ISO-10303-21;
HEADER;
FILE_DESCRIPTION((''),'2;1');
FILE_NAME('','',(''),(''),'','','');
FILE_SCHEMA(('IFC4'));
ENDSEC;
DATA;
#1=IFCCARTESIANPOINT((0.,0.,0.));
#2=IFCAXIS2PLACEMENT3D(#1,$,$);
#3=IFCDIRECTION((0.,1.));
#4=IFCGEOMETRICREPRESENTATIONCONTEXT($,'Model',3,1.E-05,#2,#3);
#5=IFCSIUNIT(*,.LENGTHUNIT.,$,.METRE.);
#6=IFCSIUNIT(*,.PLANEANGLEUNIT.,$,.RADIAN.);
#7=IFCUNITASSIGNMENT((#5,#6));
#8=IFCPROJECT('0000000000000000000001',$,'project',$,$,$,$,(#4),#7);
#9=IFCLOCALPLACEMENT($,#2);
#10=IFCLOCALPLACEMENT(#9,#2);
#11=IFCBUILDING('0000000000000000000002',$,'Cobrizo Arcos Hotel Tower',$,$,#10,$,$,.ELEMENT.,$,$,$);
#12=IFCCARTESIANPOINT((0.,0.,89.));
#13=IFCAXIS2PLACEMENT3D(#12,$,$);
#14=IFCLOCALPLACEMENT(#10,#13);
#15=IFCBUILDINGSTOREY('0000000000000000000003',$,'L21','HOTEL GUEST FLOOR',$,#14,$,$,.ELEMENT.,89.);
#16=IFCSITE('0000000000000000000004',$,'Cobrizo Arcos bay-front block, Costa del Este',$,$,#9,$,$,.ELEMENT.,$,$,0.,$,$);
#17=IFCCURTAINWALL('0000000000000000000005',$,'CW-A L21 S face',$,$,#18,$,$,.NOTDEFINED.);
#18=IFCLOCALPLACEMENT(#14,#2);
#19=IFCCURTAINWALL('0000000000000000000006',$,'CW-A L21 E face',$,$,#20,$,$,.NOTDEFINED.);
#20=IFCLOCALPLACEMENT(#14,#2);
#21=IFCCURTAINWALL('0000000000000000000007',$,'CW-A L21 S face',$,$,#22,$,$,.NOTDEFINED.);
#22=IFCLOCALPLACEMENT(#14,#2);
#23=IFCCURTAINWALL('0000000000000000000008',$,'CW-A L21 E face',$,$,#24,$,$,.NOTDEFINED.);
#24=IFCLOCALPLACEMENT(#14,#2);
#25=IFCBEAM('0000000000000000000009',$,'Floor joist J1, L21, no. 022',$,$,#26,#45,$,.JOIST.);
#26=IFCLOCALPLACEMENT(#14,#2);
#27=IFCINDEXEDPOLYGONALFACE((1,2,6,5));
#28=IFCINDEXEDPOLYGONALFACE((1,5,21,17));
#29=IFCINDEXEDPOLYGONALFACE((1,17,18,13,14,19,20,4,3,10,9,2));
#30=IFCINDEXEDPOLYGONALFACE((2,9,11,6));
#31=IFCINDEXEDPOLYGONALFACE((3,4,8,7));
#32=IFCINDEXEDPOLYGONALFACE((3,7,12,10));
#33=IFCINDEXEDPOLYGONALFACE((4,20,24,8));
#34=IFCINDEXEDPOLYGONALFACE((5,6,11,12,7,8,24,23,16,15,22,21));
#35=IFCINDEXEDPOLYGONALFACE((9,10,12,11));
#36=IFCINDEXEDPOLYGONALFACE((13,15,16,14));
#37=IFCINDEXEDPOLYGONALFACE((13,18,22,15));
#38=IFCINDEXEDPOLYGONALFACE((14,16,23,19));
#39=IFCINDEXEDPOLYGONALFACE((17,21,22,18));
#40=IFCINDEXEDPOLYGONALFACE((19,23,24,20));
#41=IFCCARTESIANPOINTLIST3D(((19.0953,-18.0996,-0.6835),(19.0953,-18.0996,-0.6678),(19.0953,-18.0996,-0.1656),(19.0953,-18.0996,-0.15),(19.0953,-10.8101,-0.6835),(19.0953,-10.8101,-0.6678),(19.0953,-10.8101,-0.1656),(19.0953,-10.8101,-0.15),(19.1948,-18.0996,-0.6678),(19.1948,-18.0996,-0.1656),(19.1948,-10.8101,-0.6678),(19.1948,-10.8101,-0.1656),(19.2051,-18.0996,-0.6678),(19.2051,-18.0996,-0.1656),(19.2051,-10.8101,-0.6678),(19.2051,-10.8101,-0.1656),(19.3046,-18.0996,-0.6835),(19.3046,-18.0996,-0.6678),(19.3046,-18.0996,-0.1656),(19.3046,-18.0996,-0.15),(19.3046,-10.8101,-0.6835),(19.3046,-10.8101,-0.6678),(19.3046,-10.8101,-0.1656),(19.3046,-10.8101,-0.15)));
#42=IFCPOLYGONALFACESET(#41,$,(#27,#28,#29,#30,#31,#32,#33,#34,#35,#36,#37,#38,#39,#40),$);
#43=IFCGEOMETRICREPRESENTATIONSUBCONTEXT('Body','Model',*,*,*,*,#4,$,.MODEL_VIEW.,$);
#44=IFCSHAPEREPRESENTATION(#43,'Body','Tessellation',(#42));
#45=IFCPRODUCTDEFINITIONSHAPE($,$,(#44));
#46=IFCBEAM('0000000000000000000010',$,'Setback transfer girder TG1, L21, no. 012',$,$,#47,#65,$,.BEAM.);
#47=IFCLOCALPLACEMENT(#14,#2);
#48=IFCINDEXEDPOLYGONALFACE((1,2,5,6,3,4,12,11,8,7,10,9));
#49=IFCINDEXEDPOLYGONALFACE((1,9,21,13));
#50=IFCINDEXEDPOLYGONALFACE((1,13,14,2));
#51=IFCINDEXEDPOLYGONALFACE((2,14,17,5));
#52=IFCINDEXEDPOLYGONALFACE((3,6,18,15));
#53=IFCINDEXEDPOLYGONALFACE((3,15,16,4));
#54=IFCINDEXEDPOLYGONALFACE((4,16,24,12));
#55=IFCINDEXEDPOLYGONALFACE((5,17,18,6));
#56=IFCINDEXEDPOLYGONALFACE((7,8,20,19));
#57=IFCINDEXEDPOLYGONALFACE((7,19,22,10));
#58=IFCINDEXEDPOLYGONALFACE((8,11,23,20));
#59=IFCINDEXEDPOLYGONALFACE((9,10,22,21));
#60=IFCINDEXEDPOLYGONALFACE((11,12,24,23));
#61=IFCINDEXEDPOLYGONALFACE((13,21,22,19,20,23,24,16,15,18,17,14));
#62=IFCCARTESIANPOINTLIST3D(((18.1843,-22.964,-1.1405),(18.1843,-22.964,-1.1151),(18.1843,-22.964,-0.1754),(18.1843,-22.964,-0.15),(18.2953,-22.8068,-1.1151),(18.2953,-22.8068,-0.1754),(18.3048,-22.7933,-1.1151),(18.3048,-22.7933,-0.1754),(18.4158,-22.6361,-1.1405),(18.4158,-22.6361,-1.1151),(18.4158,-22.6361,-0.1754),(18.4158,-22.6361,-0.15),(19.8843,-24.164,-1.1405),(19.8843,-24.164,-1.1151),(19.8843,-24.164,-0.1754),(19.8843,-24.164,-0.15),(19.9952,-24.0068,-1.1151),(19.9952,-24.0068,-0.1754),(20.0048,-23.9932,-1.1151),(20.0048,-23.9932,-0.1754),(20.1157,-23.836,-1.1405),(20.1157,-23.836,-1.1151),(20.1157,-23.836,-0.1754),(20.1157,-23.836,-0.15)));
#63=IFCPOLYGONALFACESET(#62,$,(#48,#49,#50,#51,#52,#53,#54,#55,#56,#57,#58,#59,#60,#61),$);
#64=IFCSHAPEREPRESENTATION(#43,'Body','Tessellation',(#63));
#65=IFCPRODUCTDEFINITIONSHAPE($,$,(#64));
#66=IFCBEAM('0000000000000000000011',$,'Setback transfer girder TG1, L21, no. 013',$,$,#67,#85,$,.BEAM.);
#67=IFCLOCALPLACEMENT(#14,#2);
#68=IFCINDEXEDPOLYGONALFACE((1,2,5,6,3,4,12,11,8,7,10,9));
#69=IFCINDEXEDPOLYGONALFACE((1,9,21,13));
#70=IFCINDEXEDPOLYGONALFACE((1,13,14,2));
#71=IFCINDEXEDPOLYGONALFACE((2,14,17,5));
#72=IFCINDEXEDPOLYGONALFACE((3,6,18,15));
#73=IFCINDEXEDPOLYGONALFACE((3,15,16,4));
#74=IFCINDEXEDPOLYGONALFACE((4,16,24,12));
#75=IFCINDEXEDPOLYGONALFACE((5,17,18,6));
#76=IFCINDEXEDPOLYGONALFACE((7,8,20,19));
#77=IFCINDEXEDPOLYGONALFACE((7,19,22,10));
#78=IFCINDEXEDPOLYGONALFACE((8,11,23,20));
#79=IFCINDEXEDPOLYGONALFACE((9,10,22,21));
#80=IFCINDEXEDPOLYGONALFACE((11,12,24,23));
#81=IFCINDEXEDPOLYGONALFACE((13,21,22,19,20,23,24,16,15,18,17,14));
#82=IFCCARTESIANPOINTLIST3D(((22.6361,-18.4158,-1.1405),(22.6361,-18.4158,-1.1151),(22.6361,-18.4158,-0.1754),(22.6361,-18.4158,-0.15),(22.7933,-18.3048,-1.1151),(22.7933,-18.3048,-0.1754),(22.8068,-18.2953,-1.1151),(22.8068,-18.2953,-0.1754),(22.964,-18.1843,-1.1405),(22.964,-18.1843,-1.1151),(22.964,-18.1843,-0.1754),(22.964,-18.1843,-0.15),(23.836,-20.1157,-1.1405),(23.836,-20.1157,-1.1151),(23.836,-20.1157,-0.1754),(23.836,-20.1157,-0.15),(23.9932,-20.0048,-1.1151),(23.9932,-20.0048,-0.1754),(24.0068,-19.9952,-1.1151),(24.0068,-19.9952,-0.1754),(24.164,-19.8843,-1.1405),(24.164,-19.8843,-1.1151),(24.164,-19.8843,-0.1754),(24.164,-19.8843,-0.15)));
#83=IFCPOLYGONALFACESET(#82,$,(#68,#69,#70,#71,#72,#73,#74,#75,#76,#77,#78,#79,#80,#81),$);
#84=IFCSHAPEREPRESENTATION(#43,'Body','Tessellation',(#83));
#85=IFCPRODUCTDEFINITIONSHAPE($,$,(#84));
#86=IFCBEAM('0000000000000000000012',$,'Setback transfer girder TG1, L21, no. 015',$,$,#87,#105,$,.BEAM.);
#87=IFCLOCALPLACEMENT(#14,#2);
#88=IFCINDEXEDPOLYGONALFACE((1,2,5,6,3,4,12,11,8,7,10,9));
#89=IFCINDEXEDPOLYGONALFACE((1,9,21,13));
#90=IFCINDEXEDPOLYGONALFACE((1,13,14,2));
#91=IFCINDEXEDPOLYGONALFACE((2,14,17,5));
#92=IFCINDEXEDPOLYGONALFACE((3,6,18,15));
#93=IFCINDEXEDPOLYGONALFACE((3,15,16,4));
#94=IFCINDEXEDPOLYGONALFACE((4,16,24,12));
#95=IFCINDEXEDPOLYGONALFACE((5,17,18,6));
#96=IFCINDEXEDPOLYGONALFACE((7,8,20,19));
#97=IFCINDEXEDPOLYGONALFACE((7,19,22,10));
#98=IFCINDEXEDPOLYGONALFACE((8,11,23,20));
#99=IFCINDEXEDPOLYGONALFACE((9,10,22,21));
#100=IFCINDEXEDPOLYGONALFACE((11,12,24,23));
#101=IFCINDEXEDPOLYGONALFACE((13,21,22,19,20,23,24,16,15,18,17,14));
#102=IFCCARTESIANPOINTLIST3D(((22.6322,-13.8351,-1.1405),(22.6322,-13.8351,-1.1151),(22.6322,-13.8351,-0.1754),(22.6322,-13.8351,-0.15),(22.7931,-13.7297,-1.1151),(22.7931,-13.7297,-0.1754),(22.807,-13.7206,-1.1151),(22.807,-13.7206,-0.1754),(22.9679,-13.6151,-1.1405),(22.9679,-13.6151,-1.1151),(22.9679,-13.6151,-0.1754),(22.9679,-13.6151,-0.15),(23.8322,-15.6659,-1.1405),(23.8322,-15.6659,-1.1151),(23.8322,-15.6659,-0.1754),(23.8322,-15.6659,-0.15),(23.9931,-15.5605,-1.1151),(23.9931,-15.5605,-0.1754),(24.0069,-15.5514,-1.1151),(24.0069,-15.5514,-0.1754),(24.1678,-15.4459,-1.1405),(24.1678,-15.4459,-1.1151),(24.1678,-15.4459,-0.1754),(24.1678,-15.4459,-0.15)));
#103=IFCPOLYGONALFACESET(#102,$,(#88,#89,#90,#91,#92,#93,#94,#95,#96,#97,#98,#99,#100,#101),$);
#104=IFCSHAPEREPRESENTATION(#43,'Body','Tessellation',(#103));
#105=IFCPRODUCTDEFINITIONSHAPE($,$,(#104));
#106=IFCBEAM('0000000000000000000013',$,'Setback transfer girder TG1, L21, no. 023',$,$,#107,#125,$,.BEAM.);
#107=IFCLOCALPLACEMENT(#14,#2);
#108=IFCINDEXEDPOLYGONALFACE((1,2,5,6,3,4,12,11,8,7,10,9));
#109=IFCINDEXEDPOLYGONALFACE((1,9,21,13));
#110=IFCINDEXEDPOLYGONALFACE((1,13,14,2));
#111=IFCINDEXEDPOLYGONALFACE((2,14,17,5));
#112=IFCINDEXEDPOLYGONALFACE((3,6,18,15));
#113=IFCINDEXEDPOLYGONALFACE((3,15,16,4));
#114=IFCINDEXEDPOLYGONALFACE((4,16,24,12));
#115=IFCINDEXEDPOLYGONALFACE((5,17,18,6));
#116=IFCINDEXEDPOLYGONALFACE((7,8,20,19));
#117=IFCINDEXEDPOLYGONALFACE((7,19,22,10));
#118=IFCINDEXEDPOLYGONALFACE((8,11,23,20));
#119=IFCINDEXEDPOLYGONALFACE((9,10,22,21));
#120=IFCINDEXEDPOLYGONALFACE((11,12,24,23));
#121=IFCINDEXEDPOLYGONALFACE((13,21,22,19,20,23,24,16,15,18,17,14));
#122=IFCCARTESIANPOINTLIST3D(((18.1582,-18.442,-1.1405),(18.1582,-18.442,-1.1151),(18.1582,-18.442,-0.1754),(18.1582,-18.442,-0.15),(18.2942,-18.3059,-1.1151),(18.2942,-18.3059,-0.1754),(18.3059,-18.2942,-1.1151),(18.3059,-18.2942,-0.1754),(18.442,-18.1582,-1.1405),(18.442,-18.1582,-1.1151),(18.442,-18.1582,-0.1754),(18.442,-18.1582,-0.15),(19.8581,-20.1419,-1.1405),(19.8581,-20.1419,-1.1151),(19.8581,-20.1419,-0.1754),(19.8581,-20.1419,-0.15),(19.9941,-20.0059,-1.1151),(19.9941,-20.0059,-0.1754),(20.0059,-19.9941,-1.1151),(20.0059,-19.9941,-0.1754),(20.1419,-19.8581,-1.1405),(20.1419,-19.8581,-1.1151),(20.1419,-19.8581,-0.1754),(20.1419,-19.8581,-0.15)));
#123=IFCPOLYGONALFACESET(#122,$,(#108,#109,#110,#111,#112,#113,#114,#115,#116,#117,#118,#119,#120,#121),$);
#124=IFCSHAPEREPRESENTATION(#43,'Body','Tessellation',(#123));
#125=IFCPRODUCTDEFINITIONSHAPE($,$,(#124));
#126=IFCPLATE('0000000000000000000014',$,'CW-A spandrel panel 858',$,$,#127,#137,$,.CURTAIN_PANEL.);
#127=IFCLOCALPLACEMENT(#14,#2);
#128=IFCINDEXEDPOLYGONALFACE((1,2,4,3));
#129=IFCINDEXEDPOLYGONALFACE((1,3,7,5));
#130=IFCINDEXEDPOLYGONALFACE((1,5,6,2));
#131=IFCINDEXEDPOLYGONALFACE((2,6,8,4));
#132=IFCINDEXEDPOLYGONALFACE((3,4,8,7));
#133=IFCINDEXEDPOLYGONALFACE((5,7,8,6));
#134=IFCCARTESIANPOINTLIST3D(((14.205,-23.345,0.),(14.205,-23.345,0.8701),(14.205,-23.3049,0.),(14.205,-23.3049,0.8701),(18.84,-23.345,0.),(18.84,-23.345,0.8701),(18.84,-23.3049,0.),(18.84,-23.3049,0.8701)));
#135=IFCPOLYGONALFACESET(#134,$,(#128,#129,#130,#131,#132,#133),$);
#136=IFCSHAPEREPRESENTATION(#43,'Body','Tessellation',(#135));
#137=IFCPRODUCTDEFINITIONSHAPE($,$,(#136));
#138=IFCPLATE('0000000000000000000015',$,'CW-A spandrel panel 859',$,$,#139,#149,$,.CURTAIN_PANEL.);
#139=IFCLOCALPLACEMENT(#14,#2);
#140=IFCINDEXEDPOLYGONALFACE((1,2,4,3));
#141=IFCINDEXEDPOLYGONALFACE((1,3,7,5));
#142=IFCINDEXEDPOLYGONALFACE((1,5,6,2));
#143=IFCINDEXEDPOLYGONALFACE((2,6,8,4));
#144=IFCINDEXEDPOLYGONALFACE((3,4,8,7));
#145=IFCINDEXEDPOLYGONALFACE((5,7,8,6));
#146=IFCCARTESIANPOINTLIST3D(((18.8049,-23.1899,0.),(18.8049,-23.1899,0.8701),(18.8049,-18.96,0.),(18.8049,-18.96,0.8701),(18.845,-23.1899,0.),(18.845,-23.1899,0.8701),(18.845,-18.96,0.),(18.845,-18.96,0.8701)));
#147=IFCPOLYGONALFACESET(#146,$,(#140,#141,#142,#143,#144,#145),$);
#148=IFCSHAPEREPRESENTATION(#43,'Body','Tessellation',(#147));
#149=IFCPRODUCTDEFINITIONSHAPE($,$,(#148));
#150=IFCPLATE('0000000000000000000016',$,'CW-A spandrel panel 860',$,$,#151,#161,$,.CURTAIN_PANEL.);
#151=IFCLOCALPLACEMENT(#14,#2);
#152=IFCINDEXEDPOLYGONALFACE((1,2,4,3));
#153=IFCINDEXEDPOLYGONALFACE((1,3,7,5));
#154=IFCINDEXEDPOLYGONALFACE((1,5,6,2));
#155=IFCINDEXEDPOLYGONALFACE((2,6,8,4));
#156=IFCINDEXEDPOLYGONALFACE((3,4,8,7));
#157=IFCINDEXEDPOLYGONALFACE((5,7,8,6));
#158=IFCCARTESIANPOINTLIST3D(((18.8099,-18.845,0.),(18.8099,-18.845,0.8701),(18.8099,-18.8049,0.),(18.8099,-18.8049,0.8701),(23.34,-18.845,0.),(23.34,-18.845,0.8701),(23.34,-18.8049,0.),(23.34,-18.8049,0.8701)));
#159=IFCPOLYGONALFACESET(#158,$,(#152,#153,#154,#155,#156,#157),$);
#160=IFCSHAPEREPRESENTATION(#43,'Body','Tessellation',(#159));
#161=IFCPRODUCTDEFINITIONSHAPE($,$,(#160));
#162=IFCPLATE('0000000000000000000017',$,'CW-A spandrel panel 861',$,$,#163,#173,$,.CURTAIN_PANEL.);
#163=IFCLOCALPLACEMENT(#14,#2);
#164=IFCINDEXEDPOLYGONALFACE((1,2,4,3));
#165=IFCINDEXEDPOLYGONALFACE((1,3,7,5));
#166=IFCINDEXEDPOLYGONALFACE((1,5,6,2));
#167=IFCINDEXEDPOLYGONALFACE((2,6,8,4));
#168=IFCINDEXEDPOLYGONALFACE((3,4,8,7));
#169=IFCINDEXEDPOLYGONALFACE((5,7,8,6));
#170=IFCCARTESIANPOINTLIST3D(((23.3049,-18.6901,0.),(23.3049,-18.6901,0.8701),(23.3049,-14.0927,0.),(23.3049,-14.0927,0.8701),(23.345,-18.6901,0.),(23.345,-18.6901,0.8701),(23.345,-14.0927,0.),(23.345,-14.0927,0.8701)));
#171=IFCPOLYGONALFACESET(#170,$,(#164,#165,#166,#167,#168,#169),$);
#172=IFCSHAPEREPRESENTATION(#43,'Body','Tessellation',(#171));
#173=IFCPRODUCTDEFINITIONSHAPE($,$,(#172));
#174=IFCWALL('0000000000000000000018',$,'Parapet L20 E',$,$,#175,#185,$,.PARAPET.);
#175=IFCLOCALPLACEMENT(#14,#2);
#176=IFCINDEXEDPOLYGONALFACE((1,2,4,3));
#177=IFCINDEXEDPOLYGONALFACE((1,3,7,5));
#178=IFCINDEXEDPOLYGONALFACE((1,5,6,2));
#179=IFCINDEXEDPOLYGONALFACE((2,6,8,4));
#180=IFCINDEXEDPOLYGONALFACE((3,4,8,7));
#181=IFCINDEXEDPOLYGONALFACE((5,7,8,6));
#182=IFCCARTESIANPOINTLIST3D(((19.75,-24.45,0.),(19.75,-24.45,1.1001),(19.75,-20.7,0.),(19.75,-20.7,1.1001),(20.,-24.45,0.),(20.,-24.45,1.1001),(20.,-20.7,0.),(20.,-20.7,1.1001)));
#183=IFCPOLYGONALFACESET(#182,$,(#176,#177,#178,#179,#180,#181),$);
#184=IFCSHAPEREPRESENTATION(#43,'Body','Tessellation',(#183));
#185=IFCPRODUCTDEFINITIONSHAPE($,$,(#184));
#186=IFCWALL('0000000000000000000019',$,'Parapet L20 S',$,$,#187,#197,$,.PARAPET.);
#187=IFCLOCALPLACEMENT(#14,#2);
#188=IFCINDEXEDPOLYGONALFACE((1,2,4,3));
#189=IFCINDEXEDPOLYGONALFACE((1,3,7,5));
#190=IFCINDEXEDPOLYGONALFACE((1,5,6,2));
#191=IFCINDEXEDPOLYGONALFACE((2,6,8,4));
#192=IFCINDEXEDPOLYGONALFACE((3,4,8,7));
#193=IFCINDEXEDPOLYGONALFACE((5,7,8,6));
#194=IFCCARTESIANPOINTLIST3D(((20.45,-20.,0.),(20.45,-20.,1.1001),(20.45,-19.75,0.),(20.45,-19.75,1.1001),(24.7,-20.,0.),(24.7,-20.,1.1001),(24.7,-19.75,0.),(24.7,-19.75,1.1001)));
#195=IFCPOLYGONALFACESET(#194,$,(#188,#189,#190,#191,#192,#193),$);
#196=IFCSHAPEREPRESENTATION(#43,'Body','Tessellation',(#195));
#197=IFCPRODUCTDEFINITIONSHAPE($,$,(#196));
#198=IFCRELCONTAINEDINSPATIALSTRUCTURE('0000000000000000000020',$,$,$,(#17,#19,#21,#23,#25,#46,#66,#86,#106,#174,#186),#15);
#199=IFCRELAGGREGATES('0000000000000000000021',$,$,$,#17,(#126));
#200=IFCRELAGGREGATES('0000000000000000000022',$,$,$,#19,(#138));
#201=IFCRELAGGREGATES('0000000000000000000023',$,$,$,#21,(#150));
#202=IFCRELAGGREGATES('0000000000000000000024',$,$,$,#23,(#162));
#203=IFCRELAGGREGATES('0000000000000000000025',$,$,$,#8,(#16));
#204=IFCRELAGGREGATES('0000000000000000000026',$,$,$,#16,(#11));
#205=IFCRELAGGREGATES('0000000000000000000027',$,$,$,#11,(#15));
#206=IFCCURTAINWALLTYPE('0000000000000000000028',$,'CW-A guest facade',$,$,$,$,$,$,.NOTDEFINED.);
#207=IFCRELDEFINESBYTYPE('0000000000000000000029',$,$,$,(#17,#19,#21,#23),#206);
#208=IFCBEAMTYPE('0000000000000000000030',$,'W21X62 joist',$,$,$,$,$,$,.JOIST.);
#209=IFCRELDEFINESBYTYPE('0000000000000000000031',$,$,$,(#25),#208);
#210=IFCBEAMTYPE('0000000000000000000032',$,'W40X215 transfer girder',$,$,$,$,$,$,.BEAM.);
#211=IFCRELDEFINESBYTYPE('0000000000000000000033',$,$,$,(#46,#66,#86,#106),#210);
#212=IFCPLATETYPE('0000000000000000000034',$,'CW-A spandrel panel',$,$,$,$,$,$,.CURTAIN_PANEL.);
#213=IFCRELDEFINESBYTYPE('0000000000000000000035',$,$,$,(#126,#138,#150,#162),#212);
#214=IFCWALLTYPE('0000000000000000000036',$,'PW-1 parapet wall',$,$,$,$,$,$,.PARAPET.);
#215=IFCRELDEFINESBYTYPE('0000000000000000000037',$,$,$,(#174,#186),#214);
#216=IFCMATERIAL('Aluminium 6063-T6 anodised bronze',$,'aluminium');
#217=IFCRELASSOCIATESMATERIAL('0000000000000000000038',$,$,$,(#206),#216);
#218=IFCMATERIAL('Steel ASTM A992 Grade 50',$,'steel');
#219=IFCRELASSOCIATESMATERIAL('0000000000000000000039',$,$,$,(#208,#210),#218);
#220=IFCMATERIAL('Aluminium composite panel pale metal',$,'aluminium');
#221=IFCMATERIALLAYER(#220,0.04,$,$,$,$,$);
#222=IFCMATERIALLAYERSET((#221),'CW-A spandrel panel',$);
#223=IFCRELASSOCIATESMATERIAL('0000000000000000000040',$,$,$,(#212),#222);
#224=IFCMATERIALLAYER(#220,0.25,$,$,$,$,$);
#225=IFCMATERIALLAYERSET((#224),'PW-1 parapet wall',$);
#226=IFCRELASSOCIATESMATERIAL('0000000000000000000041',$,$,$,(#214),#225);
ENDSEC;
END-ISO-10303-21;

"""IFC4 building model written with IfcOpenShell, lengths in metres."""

from ifc_helpers import new_model, si_unit, direction, frame, frame_2d, origin, origin_2d, place, context, subcontext, project, spatial, rectangle, i_section, extrude, material, layer, layer_set, material_profile, profile_set, type_object, element, aggregate, save


model = new_model("IFC4")

# Units and contexts
model_context = context("Model", 3, precision=1e-05, world=origin(), true_north=direction((0.0, 1.0)))
body_context = subcontext(model_context, "Body", "Model", "MODEL_VIEW")
ifc_project = project(units=[si_unit("LENGTHUNIT", "METRE"), si_unit("PLANEANGLEUNIT", "RADIAN")], contexts=[model_context])

# Site, building, storey
site_placement = place(None, origin())
site = spatial("IfcSite", under=ifc_project, at=site_placement, Name="Cobrizo Arcos bay-front block, Costa del Este", CompositionType="ELEMENT", RefElevation=0.0)
building_placement = place(site_placement, origin())
building = spatial("IfcBuilding", under=site, at=building_placement, Name="Cobrizo Arcos Hotel Tower", CompositionType="ELEMENT")
storey_placement = place(building_placement, frame((0.0, 0.0, 89.0)))
storey = spatial("IfcBuildingStorey", under=building, at=storey_placement, Name="L21", Description="HOTEL GUEST FLOOR", CompositionType="ELEMENT", Elevation=89.0)

# Curtain wall
ifc_material_1 = material(Name="Aluminium 6063-T6 anodised bronze", Category="aluminium")
curtain_wall_type = type_object("IfcCurtainWallType", Name="CW-A guest facade", PredefinedType="NOTDEFINED", material=ifc_material_1)
curtain_wall_1_placement = place(storey_placement, origin())
curtain_wall_1 = element("IfcCurtainWall", 1, at=curtain_wall_1_placement, inside=storey, type_object=curtain_wall_type, Name="CW-A L21 S face", PredefinedType="NOTDEFINED")

# Curtain walls
curtain_wall_2_placement = place(storey_placement, origin())
curtain_wall_2 = element("IfcCurtainWall", 2, at=curtain_wall_2_placement, inside=storey, type_object=curtain_wall_type, Name="CW-A L21 E face", PredefinedType="NOTDEFINED")
curtain_wall_3_placement = place(storey_placement, origin())
curtain_wall_3 = element("IfcCurtainWall", 3, at=curtain_wall_3_placement, inside=storey, type_object=curtain_wall_type, Name="CW-A L21 S face", PredefinedType="NOTDEFINED")
curtain_wall_4_placement = place(storey_placement, origin())
curtain_wall_4 = element("IfcCurtainWall", 4, at=curtain_wall_4_placement, inside=storey, type_object=curtain_wall_type, Name="CW-A L21 E face", PredefinedType="NOTDEFINED")

# Beams
ifc_material_2 = material(Name="Steel ASTM A992 Grade 50", Category="steel")
ifc_material_profile_1 = material_profile(ifc_material_2, i_section(OverallWidth=0.2092, OverallDepth=0.5334, WebThickness=0.0103, FlangeThickness=0.0156, at=origin_2d()), Name="W21X62")
ifc_profile_set_1 = profile_set([ifc_material_profile_1], Name="Steel ASTM A992 Grade 50")
beam_type_1 = type_object("IfcBeamType", Name="W21X62 joist", PredefinedType="JOIST", material=ifc_profile_set_1)
beam_1_placement = place(storey_placement, frame((19.2, -18.0996, -0.4167), z_axis=(0.0, 1.0, 0.0), x_axis=(-1.0, 0.0, 0.0)))
element("IfcBeam", 5, at=beam_1_placement, inside=storey, type_object=beam_type_1, Name="Floor joist J1, L21, no. 022", PredefinedType="JOIST", context=body_context, shape_type="SweptSolid", body=[
    extrude(i_section(OverallWidth=0.2092, OverallDepth=0.5334, WebThickness=0.0103, FlangeThickness=0.0156, at=origin_2d()), origin(), (0.0, 0.0, 1.0), 7.2896),
])
ifc_material_profile_2 = material_profile(ifc_material_2, i_section(OverallWidth=0.4014, OverallDepth=0.9905, WebThickness=0.0166, FlangeThickness=0.0254, at=origin_2d()), Name="W40X215")
ifc_profile_set_2 = profile_set([ifc_material_profile_2], Name="Steel ASTM A992 Grade 50")
beam_type_2 = type_object("IfcBeamType", Name="W40X215 transfer girder", PredefinedType="BEAM", material=ifc_profile_set_2)
for number, where, z_axis, x_axis, name in (
    (6, (20.0, -24.0, -0.6453), (-0.816971, 0.576679, 0.0), (-0.576679, -0.816971, 0.0), "Setback transfer girder TG1, L21, no. 012"),
    (7, (24.0, -20.0, -0.6453), (-0.576679, 0.816971, 0.0), (-0.816971, -0.576679, 0.0), "Setback transfer girder TG1, L21, no. 013"),
):
    element("IfcBeam", number, at=place(storey_placement, frame(where, z_axis=z_axis, x_axis=x_axis)), inside=storey, type_object=beam_type_2, Name=name, PredefinedType="BEAM", context=body_context, shape_type="SweptSolid", body=[
        extrude(i_section(OverallWidth=0.4014, OverallDepth=0.9905, WebThickness=0.0166, FlangeThickness=0.0254, at=origin_2d()), origin(), (0.0, 0.0, 1.0), 2.0808),
    ])
beam_2_placement = place(storey_placement, frame((24.0, -15.5559, -0.6453), z_axis=(-0.548172, 0.836366, 0.0), x_axis=(-0.836366, -0.548172, 0.0)))
element("IfcBeam", 8, at=beam_2_placement, inside=storey, type_object=beam_type_2, Name="Setback transfer girder TG1, L21, no. 015", PredefinedType="BEAM", context=body_context, shape_type="SweptSolid", body=[
    extrude(i_section(OverallWidth=0.4014, OverallDepth=0.9905, WebThickness=0.0166, FlangeThickness=0.0254, at=origin_2d()), origin(), (0.0, 0.0, 1.0), 2.189),
])
beam_3_placement = place(storey_placement, frame((20.0, -20.0, -0.6453), z_axis=(-0.707107, 0.707107, 0.0), x_axis=(-0.707107, -0.707107, 0.0)))
element("IfcBeam", 9, at=beam_3_placement, inside=storey, type_object=beam_type_2, Name="Setback transfer girder TG1, L21, no. 023", PredefinedType="BEAM", context=body_context, shape_type="SweptSolid", body=[
    extrude(i_section(OverallWidth=0.4014, OverallDepth=0.9905, WebThickness=0.0166, FlangeThickness=0.0254, at=origin_2d()), origin(), (0.0, 0.0, 1.0), 2.4041),
])

# Plates
ifc_material_3 = material(Name="Aluminium composite panel pale metal", Category="aluminium")
ifc_layer_1 = layer(ifc_material_3, 0.04)
ifc_layer_set_1 = layer_set([ifc_layer_1], Name="CW-A spandrel panel")
plate_type = type_object("IfcPlateType", Name="CW-A spandrel panel", PredefinedType="CURTAIN_PANEL", material=ifc_layer_set_1)
plate_1_placement = place(storey_placement, frame((16.5225, -23.325, 0.0), z_axis=(0.0, 0.0, 1.0), x_axis=(1.0, 0.0, 0.0)))
plate_1 = element("IfcPlate", 10, at=plate_1_placement, type_object=plate_type, Name="CW-A spandrel panel 858", PredefinedType="CURTAIN_PANEL", context=body_context, shape_type="SweptSolid", body=[
    extrude(rectangle(XDim=4.635, YDim=0.04, at=origin_2d()), origin(), (0.0, 0.0, 1.0), 0.8701),
])
aggregate(curtain_wall_1, [plate_1])
plate_2_placement = place(storey_placement, frame((18.825, -21.075, 0.0), z_axis=(0.0, 0.0, 1.0), x_axis=(0.0, 1.0, 0.0)))
plate_2 = element("IfcPlate", 11, at=plate_2_placement, type_object=plate_type, Name="CW-A spandrel panel 859", PredefinedType="CURTAIN_PANEL", context=body_context, shape_type="SweptSolid", body=[
    extrude(rectangle(XDim=4.23, YDim=0.04, at=origin_2d()), origin(), (0.0, 0.0, 1.0), 0.8701),
])
aggregate(curtain_wall_2, [plate_2])
plate_3_placement = place(storey_placement, frame((21.075, -18.825, 0.0), z_axis=(0.0, 0.0, 1.0), x_axis=(1.0, 0.0, 0.0)))
plate_3 = element("IfcPlate", 12, at=plate_3_placement, type_object=plate_type, Name="CW-A spandrel panel 860", PredefinedType="CURTAIN_PANEL", context=body_context, shape_type="SweptSolid", body=[
    extrude(rectangle(XDim=4.53, YDim=0.04, at=origin_2d()), origin(), (0.0, 0.0, 1.0), 0.8701),
])
aggregate(curtain_wall_3, [plate_3])
plate_4_placement = place(storey_placement, frame((23.325, -16.3914, 0.0), z_axis=(0.0, 0.0, 1.0), x_axis=(0.0, 1.0, 0.0)))
plate_4 = element("IfcPlate", 13, at=plate_4_placement, type_object=plate_type, Name="CW-A spandrel panel 861", PredefinedType="CURTAIN_PANEL", context=body_context, shape_type="SweptSolid", body=[
    extrude(rectangle(XDim=4.5974, YDim=0.04, at=origin_2d()), origin(), (0.0, 0.0, 1.0), 0.8701),
])
aggregate(curtain_wall_4, [plate_4])

# Walls
ifc_layer_2 = layer(ifc_material_3, 0.25)
ifc_layer_set_2 = layer_set([ifc_layer_2], Name="PW-1 parapet wall")
wall_type_1 = type_object("IfcWallType", Name="PW-1 parapet wall", PredefinedType="PARAPET", material=ifc_layer_set_2)
wall_1_placement = place(storey_placement, frame((19.875, -24.45, 0.0), z_axis=(0.0, 0.0, 1.0), x_axis=(0.0, 1.0, 0.0)))
element("IfcWall", 14, at=wall_1_placement, inside=storey, type_object=wall_type_1, Name="Parapet L20 E", PredefinedType="PARAPET", context=body_context, shape_type="SweptSolid", body=[
    extrude(rectangle(XDim=3.75, YDim=0.25, at=frame_2d((1.875, 0.0))), origin(), (0.0, 0.0, 1.0), 1.1001),
])
wall_2_placement = place(storey_placement, frame((20.45, -19.875, 0.0), z_axis=(0.0, 0.0, 1.0), x_axis=(1.0, 0.0, 0.0)))
element("IfcWall", 15, at=wall_2_placement, inside=storey, type_object=wall_type_1, Name="Parapet L20 S", PredefinedType="PARAPET", context=body_context, shape_type="SweptSolid", body=[
    extrude(rectangle(XDim=4.25, YDim=0.25, at=frame_2d((2.125, 0.0))), origin(), (0.0, 0.0, 1.0), 1.1001),
])

save(model, "model.ifc")
